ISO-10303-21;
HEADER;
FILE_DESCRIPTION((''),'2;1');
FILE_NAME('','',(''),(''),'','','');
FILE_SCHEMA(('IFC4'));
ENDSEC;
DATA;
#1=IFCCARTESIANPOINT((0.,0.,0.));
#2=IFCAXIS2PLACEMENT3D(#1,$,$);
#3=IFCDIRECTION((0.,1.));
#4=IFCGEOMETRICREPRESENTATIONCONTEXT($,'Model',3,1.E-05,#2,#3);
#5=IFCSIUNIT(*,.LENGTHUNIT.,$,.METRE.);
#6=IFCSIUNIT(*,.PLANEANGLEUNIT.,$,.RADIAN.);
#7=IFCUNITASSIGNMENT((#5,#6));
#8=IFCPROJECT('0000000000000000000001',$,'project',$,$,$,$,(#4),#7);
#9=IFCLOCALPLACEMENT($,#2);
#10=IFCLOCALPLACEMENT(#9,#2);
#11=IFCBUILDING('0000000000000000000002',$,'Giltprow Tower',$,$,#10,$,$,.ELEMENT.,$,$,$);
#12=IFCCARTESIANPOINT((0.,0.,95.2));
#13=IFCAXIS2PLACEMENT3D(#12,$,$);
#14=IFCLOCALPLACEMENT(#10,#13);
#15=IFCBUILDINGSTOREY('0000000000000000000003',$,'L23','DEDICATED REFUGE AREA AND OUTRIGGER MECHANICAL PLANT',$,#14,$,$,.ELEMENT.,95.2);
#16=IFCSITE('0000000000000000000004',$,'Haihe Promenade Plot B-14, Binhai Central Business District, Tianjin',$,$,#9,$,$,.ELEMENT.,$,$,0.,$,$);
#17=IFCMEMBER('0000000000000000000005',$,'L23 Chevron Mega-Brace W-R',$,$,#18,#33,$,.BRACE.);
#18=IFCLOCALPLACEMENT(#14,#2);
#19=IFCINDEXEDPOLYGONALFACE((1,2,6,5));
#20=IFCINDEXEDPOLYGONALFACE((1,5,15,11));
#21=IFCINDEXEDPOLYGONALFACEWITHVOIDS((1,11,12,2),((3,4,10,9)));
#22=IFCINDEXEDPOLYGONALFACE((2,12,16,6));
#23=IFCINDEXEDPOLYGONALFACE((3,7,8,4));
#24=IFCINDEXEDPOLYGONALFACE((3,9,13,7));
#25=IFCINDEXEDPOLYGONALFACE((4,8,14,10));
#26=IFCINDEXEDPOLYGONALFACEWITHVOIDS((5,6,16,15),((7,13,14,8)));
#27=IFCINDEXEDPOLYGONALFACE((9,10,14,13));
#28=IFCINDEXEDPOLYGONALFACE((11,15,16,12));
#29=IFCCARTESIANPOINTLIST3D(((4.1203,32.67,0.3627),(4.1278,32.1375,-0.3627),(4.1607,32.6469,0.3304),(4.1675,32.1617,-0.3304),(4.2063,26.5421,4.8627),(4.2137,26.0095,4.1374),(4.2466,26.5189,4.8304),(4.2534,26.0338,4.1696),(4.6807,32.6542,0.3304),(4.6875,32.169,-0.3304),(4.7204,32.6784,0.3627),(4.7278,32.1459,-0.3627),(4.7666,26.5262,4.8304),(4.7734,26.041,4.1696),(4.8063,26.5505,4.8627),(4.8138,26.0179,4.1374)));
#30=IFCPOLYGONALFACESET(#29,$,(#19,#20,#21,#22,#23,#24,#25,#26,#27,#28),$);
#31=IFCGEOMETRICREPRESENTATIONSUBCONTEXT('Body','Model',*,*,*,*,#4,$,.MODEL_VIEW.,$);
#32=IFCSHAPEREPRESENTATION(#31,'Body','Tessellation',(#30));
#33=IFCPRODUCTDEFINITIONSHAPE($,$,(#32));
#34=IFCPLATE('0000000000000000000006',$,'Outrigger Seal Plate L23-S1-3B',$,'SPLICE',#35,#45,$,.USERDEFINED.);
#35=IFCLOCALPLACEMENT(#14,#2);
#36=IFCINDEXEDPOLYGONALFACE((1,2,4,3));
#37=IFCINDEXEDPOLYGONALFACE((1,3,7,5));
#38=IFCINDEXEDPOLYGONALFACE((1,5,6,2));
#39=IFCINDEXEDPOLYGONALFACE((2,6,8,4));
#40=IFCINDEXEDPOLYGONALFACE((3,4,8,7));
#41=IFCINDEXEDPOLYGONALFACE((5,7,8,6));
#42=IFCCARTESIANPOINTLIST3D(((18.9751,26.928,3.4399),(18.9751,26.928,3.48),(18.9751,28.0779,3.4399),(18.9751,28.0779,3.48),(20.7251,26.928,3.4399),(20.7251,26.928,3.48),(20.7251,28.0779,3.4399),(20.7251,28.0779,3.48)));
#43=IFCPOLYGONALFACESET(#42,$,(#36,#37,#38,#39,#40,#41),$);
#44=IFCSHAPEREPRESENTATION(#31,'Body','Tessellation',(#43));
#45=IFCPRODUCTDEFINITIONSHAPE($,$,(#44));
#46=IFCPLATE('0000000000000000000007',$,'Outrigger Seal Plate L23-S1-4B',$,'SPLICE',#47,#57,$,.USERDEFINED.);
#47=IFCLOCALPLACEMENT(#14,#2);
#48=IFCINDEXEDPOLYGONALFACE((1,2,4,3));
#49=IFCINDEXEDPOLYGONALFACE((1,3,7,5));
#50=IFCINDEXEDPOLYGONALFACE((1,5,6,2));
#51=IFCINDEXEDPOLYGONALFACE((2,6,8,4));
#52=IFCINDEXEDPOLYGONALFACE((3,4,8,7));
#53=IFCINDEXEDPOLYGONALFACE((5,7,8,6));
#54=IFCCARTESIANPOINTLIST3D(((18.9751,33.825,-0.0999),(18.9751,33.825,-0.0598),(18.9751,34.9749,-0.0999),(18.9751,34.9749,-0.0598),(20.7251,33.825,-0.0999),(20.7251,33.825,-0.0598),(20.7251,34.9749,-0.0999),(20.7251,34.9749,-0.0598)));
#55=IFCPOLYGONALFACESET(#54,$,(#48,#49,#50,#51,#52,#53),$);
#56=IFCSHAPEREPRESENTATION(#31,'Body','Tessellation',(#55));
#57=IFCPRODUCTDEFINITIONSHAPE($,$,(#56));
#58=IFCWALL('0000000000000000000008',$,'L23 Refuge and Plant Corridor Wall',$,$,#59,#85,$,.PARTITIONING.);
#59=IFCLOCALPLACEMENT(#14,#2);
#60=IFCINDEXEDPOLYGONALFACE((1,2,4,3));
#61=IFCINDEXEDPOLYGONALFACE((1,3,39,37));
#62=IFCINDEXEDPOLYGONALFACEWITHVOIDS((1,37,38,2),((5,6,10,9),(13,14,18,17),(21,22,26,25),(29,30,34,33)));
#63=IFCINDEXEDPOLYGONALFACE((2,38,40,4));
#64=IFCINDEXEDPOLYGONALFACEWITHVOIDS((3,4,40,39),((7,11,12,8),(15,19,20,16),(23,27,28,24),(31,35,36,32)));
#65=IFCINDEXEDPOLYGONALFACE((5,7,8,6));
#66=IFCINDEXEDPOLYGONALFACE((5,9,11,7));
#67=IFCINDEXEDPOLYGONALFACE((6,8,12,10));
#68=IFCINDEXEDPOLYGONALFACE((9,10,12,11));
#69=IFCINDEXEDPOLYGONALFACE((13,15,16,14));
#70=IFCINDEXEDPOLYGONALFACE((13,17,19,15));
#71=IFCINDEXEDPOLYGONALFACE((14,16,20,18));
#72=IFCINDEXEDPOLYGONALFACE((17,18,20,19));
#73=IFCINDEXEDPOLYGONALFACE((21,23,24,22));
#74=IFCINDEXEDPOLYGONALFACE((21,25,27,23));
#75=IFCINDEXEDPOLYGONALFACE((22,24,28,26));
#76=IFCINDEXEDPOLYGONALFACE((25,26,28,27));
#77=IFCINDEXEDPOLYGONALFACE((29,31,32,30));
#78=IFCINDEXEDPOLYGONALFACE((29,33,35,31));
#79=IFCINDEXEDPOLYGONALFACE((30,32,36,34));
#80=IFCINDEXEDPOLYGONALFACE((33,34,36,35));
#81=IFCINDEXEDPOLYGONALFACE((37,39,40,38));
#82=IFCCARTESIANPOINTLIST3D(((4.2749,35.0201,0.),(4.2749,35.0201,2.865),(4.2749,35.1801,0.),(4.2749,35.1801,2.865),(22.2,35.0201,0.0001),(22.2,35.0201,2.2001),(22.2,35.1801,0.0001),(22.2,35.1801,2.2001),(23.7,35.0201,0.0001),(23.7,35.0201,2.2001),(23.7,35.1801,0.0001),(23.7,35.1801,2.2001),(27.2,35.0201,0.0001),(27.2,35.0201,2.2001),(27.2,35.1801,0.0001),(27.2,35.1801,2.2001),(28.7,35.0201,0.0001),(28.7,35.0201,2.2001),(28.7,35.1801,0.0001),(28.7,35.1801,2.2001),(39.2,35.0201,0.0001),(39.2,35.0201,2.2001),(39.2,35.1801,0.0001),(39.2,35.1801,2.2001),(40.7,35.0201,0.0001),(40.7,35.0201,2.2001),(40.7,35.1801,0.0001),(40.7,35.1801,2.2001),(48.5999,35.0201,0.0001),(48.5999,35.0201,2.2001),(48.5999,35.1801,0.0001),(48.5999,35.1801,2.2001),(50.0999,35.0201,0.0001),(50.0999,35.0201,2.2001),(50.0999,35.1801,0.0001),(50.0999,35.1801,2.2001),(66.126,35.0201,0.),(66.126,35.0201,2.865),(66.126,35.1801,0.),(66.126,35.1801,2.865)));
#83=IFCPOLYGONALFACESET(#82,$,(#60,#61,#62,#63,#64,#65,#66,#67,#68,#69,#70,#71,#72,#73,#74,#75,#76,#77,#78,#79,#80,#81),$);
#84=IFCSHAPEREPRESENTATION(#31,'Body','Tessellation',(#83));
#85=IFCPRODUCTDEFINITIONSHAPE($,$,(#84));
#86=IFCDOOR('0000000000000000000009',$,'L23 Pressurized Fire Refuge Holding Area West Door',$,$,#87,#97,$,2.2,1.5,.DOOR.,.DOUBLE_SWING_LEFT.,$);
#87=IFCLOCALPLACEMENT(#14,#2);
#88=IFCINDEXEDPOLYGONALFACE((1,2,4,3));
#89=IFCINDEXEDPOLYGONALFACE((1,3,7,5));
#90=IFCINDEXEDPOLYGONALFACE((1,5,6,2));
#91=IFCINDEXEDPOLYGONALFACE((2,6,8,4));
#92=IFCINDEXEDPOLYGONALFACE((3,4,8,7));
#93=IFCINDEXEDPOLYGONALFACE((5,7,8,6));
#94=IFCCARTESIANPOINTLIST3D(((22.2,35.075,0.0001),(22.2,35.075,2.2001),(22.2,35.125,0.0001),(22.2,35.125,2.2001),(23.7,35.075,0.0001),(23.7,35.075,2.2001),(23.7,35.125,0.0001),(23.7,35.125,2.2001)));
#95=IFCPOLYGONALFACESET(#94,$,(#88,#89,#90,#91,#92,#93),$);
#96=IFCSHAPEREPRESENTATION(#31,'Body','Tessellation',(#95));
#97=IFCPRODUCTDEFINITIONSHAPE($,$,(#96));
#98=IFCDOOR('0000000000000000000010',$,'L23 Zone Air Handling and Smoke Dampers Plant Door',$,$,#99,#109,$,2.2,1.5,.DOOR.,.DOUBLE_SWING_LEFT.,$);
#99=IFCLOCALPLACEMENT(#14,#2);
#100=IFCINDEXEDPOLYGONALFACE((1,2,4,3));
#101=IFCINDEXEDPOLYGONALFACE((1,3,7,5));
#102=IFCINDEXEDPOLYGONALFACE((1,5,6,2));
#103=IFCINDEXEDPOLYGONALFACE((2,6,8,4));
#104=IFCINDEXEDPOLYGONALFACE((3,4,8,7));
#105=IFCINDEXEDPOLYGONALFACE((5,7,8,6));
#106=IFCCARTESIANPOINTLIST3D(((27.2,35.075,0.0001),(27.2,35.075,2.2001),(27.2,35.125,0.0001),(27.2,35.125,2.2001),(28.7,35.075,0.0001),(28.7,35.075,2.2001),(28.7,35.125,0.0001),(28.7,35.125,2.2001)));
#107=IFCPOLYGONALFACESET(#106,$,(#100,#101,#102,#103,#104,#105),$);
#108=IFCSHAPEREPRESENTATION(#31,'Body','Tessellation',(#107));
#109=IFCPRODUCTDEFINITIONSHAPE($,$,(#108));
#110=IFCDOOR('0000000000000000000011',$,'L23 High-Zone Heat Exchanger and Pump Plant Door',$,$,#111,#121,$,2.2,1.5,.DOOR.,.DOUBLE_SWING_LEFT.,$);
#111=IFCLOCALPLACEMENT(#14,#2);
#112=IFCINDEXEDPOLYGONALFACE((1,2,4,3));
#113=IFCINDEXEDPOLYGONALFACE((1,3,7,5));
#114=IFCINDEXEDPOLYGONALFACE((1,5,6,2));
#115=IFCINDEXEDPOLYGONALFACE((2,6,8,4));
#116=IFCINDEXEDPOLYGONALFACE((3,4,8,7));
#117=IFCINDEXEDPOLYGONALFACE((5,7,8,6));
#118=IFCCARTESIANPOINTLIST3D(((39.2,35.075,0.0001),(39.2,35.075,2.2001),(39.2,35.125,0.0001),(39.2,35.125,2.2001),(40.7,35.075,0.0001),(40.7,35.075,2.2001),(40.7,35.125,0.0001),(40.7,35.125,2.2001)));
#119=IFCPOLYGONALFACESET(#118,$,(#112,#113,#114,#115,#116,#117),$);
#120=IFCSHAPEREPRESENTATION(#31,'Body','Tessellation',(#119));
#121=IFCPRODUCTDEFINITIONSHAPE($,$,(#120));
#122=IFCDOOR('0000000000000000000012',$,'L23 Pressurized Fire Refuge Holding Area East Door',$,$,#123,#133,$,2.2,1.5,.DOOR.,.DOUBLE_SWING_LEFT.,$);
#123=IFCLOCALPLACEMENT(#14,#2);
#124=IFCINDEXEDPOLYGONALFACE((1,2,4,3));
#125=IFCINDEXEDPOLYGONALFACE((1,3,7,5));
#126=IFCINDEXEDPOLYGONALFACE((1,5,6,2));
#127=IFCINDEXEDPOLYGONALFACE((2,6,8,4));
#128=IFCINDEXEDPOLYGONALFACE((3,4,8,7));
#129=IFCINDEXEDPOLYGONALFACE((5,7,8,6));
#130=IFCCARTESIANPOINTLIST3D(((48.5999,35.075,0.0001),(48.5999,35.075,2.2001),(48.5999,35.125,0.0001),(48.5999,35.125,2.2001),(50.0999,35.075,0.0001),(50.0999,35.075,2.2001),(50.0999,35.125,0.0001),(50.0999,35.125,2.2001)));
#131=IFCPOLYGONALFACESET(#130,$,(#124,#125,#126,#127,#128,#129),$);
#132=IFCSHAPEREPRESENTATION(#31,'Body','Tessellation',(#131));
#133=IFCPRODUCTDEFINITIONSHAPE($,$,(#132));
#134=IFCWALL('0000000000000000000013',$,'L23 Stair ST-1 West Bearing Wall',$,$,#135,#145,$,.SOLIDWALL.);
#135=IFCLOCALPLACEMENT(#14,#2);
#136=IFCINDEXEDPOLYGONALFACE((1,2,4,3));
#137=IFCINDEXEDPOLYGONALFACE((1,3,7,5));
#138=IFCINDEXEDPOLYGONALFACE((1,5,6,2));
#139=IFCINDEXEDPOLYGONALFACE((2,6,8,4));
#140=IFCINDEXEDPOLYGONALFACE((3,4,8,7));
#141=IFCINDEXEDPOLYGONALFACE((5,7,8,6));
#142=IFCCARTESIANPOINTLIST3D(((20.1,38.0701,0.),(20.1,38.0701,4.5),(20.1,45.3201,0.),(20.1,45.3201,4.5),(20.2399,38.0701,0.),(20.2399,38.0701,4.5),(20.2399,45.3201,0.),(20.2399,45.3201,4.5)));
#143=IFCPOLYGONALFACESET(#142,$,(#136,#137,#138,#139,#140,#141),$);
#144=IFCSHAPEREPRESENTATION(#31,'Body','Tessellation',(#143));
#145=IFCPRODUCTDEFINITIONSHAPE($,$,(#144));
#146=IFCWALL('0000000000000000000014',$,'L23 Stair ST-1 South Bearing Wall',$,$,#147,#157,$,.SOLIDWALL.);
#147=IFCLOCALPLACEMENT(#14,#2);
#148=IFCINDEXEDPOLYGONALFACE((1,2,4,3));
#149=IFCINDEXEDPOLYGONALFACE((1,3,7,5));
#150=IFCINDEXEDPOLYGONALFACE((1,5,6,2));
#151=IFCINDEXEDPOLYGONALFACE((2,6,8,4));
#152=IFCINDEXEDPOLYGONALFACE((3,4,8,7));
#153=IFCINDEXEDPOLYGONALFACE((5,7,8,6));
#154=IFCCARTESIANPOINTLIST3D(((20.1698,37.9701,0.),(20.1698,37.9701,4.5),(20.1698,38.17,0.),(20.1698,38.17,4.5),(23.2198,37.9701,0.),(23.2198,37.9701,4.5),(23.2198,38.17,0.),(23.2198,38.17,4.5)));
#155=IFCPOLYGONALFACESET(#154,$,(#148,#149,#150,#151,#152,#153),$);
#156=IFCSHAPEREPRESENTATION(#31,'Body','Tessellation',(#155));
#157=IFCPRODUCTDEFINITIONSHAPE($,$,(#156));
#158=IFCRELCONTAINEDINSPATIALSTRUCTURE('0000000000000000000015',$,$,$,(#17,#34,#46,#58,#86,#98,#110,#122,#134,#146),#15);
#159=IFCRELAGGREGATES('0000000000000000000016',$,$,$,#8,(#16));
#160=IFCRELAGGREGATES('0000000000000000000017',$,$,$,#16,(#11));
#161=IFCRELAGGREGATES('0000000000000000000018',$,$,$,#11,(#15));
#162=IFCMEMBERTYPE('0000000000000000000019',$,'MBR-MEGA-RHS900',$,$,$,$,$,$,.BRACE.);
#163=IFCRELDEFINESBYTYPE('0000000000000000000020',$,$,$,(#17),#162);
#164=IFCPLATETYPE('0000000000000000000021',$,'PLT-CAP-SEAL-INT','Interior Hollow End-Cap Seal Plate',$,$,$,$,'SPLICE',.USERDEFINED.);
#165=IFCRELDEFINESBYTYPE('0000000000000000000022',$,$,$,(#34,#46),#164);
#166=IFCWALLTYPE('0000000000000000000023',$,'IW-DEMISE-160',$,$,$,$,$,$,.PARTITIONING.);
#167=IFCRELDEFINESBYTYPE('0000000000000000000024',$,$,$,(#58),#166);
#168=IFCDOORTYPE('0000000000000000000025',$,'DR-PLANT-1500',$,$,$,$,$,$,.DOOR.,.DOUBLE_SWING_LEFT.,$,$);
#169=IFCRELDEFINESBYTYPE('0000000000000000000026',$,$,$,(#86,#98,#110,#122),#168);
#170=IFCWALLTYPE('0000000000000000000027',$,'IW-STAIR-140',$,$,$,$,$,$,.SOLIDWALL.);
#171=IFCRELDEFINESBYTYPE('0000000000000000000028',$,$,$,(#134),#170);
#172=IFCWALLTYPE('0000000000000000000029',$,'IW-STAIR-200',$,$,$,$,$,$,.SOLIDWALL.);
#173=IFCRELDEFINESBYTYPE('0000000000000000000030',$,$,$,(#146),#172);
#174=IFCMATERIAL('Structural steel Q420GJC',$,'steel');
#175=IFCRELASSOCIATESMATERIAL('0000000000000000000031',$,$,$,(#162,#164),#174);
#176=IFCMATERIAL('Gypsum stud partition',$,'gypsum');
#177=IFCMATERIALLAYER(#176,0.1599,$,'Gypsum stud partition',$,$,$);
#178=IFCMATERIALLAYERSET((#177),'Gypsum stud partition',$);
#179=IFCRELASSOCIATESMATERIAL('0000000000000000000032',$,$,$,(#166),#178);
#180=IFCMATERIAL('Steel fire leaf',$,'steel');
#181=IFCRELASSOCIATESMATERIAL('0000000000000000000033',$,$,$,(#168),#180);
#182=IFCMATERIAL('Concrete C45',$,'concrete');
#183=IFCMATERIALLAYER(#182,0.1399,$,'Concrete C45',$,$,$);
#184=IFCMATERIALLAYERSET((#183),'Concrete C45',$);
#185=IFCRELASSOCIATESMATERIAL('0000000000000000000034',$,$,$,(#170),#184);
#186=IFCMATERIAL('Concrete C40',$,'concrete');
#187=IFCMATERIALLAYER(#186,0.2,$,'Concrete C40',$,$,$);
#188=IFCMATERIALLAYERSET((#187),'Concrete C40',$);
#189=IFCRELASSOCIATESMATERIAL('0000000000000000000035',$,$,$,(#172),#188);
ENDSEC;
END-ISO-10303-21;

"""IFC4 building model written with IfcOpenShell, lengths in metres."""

from ifc_helpers import new_model, si_unit, direction, frame, frame_2d, origin, origin_2d, place, context, subcontext, project, spatial, rectangle, hollow_rectangle, extrude, source, transform, mapped, material, layer, layer_set, material_profile, profile_set, type_object, element, fill, save


model = new_model("IFC4")

# Units and contexts
model_context = context("Model", 3, precision=1e-05, world=origin(), true_north=direction((0.0, 1.0)))
body_context = subcontext(model_context, "Body", "Model", "MODEL_VIEW")
ifc_project = project(units=[si_unit("LENGTHUNIT", "METRE"), si_unit("PLANEANGLEUNIT", "RADIAN")], contexts=[model_context])

# Site, building, storey
site_placement = place(None, origin())
site = spatial("IfcSite", under=ifc_project, at=site_placement, Name="Haihe Promenade Plot B-14, Binhai Central Business District, Tianjin", CompositionType="ELEMENT", RefElevation=0.0)
building_placement = place(site_placement, origin())
building = spatial("IfcBuilding", under=site, at=building_placement, Name="Giltprow Tower", CompositionType="ELEMENT")
storey_placement = place(building_placement, frame((0.0, 0.0, 95.2)))
storey = spatial("IfcBuildingStorey", under=building, at=storey_placement, Name="L23", Description="DEDICATED REFUGE AREA AND OUTRIGGER MECHANICAL PLANT", CompositionType="ELEMENT", Elevation=95.2)

# Shared definitions
ifc_material_1 = material(Name="Structural steel Q420GJC", Category="steel")

# Member
ifc_material_profile_1 = material_profile(ifc_material_1, hollow_rectangle(XDim=0.6001, YDim=0.8999, WallThickness=0.04, at=origin_2d()), Name="RHS 900x600x40")
ifc_profile_set_1 = profile_set([ifc_material_profile_1], Name="Structural steel Q420GJC")
member_type_1 = type_object("IfcMemberType", Name="MBR-MEGA-RHS900", PredefinedType="BRACE", material=ifc_profile_set_1)
shared_shape_1 = source(origin(), body_context, "Body", "SweptSolid", [
    extrude(hollow_rectangle(XDim=0.6001, YDim=0.8999, WallThickness=0.04, at=origin_2d()), origin(), (0.0, 0.0, 1.0), 7.6033),
])
member_1_placement = place(storey_placement, frame((4.4241, 32.408, 0.0), z_axis=(0.011303, -0.805965, 0.591855), x_axis=(0.999902, 0.014023, 0.0)))
element("IfcMember", 1, at=member_1_placement, inside=storey, type_object=member_type_1, Name="L23 Chevron Mega-Brace W-R", PredefinedType="BRACE", context=body_context, shape_type="MappedRepresentation", body=[
    mapped(shared_shape_1, transform((0.0, 0.0, 0.0), x_axis=(1.0, 0.0, 0.0), y_axis=(0.0, 1.0, 0.0), z_axis=(0.0, 0.0, 1.0), scale=1.0)),
])

# Plates
plate_type = type_object("IfcPlateType", Name="PLT-CAP-SEAL-INT", Description="Interior Hollow End-Cap Seal Plate", ElementType="SPLICE", PredefinedType="USERDEFINED", material=ifc_material_1)
shared_shape_2 = source(origin(), body_context, "Body", "SweptSolid", [
    extrude(rectangle(XDim=1.75, YDim=1.1499, at=origin_2d()), origin(), (0.0, 0.0, 1.0), 0.04),
])
for number, where, z_axis, x_axis, name in (
    (2, (19.8501, 27.5029, 3.4399), (0.0, 0.0, 1.0), (1.0, 0.0, 0.0), "Outrigger Seal Plate L23-S1-3B"),
    (3, (19.8501, 34.3999, -0.0999), (0.0, 0.0, 1.0), (1.0, 0.0, 0.0), "Outrigger Seal Plate L23-S1-4B"),
):
    element("IfcPlate", number, at=place(storey_placement, frame(where, z_axis=z_axis, x_axis=x_axis)), inside=storey, type_object=plate_type, Name=name, ObjectType="SPLICE", PredefinedType="USERDEFINED", context=body_context, shape_type="MappedRepresentation", body=[
        mapped(shared_shape_2, transform((0.0, 0.0, 0.0), x_axis=(1.0, 0.0, 0.0), y_axis=(0.0, 1.0, 0.0), z_axis=(0.0, 0.0, 1.0), scale=1.0)),
    ])

# Wall, openings, doors
ifc_material_2 = material(Name="Gypsum stud partition", Category="gypsum")
ifc_layer_1 = layer(ifc_material_2, 0.1599, Name="Gypsum stud partition")
ifc_layer_set_1 = layer_set([ifc_layer_1], Name="Gypsum stud partition")
wall_type_1 = type_object("IfcWallType", Name="IW-DEMISE-160", PredefinedType="PARTITIONING", material=ifc_layer_set_1)
wall_1_placement = place(storey_placement, frame((4.2749, 35.1001, 0.0), z_axis=(0.0, 0.0, 1.0), x_axis=(1.0, 0.0, 0.0)))
wall_1 = element("IfcWall", 4, at=wall_1_placement, inside=storey, type_object=wall_type_1, Name="L23 Refuge and Plant Corridor Wall", PredefinedType="PARTITIONING", context=body_context, shape_type="SweptSolid", body=[
    extrude(rectangle(XDim=61.8511, YDim=0.1599, at=frame_2d((30.9255, 0.0))), origin(), (0.0, 0.0, 1.0), 2.865),
])
opening_1_placement = place(wall_1_placement, frame((17.925, 0.0, 0.0)))
opening_1 = element("IfcOpeningElement", 5, at=opening_1_placement, cuts=wall_1, PredefinedType="OPENING", context=body_context, shape_type="SweptSolid", body=[
    extrude(rectangle(XDim=1.5, YDim=2.2, at=frame_2d((0.75, 1.1001))), frame((0.0, 0.0898, 0.0), z_axis=(0.0, -1.0, 0.0), x_axis=(1.0, 0.0, 0.0)), (0.0, 0.0, 1.0), 0.1799),
])
opening_2_placement = place(wall_1_placement, frame((22.925, 0.0, 0.0)))
opening_2 = element("IfcOpeningElement", 6, at=opening_2_placement, cuts=wall_1, PredefinedType="OPENING", context=body_context, shape_type="SweptSolid", body=[
    extrude(rectangle(XDim=1.5, YDim=2.2, at=frame_2d((0.75, 1.1001))), frame((0.0, 0.0898, 0.0), z_axis=(0.0, -1.0, 0.0), x_axis=(1.0, 0.0, 0.0)), (0.0, 0.0, 1.0), 0.1799),
])
opening_3_placement = place(wall_1_placement, frame((34.925, 0.0, 0.0)))
opening_3 = element("IfcOpeningElement", 7, at=opening_3_placement, cuts=wall_1, PredefinedType="OPENING", context=body_context, shape_type="SweptSolid", body=[
    extrude(rectangle(XDim=1.5, YDim=2.2, at=frame_2d((0.75, 1.1001))), frame((0.0, 0.0898, 0.0), z_axis=(0.0, -1.0, 0.0), x_axis=(1.0, 0.0, 0.0)), (0.0, 0.0, 1.0), 0.1799),
])
opening_4_placement = place(wall_1_placement, frame((44.325, 0.0, 0.0)))
opening_4 = element("IfcOpeningElement", 8, at=opening_4_placement, cuts=wall_1, PredefinedType="OPENING", context=body_context, shape_type="SweptSolid", body=[
    extrude(rectangle(XDim=1.5, YDim=2.2, at=frame_2d((0.75, 1.1001))), frame((0.0, 0.0898, 0.0), z_axis=(0.0, -1.0, 0.0), x_axis=(1.0, 0.0, 0.0)), (0.0, 0.0, 1.0), 0.1799),
])
ifc_material_3 = material(Name="Steel fire leaf", Category="steel")
door_type_1 = type_object("IfcDoorType", Name="DR-PLANT-1500", OperationType="DOUBLE_SWING_LEFT", PredefinedType="DOOR", material=ifc_material_3)
shared_shape_3 = source(origin(), body_context, "Body", "SweptSolid", [
    extrude(rectangle(XDim=1.5, YDim=2.2, at=frame_2d((0.75, 1.1001))), frame((0.0, 0.0249, 0.0), z_axis=(0.0, -1.0, 0.0), x_axis=(1.0, 0.0, 0.0)), (0.0, 0.0, 1.0), 0.05),
])
door_1_placement = place(opening_1_placement, origin())
door_1 = element("IfcDoor", 9, at=door_1_placement, inside=storey, type_object=door_type_1, Name="L23 Pressurized Fire Refuge Holding Area West Door", OperationType="DOUBLE_SWING_LEFT", OverallHeight=2.2, OverallWidth=1.5, PredefinedType="DOOR", context=body_context, shape_type="MappedRepresentation", body=[
    mapped(shared_shape_3, transform((0.0, 0.0, 0.0), x_axis=(1.0, 0.0, 0.0), y_axis=(0.0, 1.0, 0.0), z_axis=(0.0, 0.0, 1.0), scale=1.0)),
])
fill(opening_1, door_1)
door_2_placement = place(opening_2_placement, origin())
door_2 = element("IfcDoor", 10, at=door_2_placement, inside=storey, type_object=door_type_1, Name="L23 Zone Air Handling and Smoke Dampers Plant Door", OperationType="DOUBLE_SWING_LEFT", OverallHeight=2.2, OverallWidth=1.5, PredefinedType="DOOR", context=body_context, shape_type="MappedRepresentation", body=[
    mapped(shared_shape_3, transform((0.0, 0.0, 0.0), x_axis=(1.0, 0.0, 0.0), y_axis=(0.0, 1.0, 0.0), z_axis=(0.0, 0.0, 1.0), scale=1.0)),
])
fill(opening_2, door_2)
door_3_placement = place(opening_3_placement, origin())
door_3 = element("IfcDoor", 11, at=door_3_placement, inside=storey, type_object=door_type_1, Name="L23 High-Zone Heat Exchanger and Pump Plant Door", OperationType="DOUBLE_SWING_LEFT", OverallHeight=2.2, OverallWidth=1.5, PredefinedType="DOOR", context=body_context, shape_type="MappedRepresentation", body=[
    mapped(shared_shape_3, transform((0.0, 0.0, 0.0), x_axis=(1.0, 0.0, 0.0), y_axis=(0.0, 1.0, 0.0), z_axis=(0.0, 0.0, 1.0), scale=1.0)),
])
fill(opening_3, door_3)
door_4_placement = place(opening_4_placement, origin())
door_4 = element("IfcDoor", 12, at=door_4_placement, inside=storey, type_object=door_type_1, Name="L23 Pressurized Fire Refuge Holding Area East Door", OperationType="DOUBLE_SWING_LEFT", OverallHeight=2.2, OverallWidth=1.5, PredefinedType="DOOR", context=body_context, shape_type="MappedRepresentation", body=[
    mapped(shared_shape_3, transform((0.0, 0.0, 0.0), x_axis=(1.0, 0.0, 0.0), y_axis=(0.0, 1.0, 0.0), z_axis=(0.0, 0.0, 1.0), scale=1.0)),
])
fill(opening_4, door_4)

# Walls
ifc_material_4 = material(Name="Concrete C45", Category="concrete")
ifc_layer_2 = layer(ifc_material_4, 0.1399, Name="Concrete C45")
ifc_layer_set_2 = layer_set([ifc_layer_2], Name="Concrete C45")
wall_type_2 = type_object("IfcWallType", Name="IW-STAIR-140", PredefinedType="SOLIDWALL", material=ifc_layer_set_2)
wall_2_placement = place(storey_placement, frame((20.1699, 38.0701, 0.0), z_axis=(0.0, 0.0, 1.0), x_axis=(0.0, 1.0, 0.0)))
element("IfcWall", 13, at=wall_2_placement, inside=storey, type_object=wall_type_2, Name="L23 Stair ST-1 West Bearing Wall", PredefinedType="SOLIDWALL", context=body_context, shape_type="SweptSolid", body=[
    extrude(rectangle(XDim=7.25, YDim=0.1399, at=frame_2d((3.625, 0.0))), origin(), (0.0, 0.0, 1.0), 4.5),
])
ifc_material_5 = material(Name="Concrete C40", Category="concrete")
ifc_layer_3 = layer(ifc_material_5, 0.2, Name="Concrete C40")
ifc_layer_set_3 = layer_set([ifc_layer_3], Name="Concrete C40")
wall_type_3 = type_object("IfcWallType", Name="IW-STAIR-200", PredefinedType="SOLIDWALL", material=ifc_layer_set_3)
wall_3_placement = place(storey_placement, frame((20.1699, 38.0701, 0.0), z_axis=(0.0, 0.0, 1.0), x_axis=(1.0, 0.0, 0.0)))
element("IfcWall", 14, at=wall_3_placement, inside=storey, type_object=wall_type_3, Name="L23 Stair ST-1 South Bearing Wall", PredefinedType="SOLIDWALL", context=body_context, shape_type="SweptSolid", body=[
    extrude(rectangle(XDim=3.05, YDim=0.2, at=frame_2d((1.5249, 0.0))), origin(), (0.0, 0.0, 1.0), 4.5),
])

save(model, "model.ifc")
